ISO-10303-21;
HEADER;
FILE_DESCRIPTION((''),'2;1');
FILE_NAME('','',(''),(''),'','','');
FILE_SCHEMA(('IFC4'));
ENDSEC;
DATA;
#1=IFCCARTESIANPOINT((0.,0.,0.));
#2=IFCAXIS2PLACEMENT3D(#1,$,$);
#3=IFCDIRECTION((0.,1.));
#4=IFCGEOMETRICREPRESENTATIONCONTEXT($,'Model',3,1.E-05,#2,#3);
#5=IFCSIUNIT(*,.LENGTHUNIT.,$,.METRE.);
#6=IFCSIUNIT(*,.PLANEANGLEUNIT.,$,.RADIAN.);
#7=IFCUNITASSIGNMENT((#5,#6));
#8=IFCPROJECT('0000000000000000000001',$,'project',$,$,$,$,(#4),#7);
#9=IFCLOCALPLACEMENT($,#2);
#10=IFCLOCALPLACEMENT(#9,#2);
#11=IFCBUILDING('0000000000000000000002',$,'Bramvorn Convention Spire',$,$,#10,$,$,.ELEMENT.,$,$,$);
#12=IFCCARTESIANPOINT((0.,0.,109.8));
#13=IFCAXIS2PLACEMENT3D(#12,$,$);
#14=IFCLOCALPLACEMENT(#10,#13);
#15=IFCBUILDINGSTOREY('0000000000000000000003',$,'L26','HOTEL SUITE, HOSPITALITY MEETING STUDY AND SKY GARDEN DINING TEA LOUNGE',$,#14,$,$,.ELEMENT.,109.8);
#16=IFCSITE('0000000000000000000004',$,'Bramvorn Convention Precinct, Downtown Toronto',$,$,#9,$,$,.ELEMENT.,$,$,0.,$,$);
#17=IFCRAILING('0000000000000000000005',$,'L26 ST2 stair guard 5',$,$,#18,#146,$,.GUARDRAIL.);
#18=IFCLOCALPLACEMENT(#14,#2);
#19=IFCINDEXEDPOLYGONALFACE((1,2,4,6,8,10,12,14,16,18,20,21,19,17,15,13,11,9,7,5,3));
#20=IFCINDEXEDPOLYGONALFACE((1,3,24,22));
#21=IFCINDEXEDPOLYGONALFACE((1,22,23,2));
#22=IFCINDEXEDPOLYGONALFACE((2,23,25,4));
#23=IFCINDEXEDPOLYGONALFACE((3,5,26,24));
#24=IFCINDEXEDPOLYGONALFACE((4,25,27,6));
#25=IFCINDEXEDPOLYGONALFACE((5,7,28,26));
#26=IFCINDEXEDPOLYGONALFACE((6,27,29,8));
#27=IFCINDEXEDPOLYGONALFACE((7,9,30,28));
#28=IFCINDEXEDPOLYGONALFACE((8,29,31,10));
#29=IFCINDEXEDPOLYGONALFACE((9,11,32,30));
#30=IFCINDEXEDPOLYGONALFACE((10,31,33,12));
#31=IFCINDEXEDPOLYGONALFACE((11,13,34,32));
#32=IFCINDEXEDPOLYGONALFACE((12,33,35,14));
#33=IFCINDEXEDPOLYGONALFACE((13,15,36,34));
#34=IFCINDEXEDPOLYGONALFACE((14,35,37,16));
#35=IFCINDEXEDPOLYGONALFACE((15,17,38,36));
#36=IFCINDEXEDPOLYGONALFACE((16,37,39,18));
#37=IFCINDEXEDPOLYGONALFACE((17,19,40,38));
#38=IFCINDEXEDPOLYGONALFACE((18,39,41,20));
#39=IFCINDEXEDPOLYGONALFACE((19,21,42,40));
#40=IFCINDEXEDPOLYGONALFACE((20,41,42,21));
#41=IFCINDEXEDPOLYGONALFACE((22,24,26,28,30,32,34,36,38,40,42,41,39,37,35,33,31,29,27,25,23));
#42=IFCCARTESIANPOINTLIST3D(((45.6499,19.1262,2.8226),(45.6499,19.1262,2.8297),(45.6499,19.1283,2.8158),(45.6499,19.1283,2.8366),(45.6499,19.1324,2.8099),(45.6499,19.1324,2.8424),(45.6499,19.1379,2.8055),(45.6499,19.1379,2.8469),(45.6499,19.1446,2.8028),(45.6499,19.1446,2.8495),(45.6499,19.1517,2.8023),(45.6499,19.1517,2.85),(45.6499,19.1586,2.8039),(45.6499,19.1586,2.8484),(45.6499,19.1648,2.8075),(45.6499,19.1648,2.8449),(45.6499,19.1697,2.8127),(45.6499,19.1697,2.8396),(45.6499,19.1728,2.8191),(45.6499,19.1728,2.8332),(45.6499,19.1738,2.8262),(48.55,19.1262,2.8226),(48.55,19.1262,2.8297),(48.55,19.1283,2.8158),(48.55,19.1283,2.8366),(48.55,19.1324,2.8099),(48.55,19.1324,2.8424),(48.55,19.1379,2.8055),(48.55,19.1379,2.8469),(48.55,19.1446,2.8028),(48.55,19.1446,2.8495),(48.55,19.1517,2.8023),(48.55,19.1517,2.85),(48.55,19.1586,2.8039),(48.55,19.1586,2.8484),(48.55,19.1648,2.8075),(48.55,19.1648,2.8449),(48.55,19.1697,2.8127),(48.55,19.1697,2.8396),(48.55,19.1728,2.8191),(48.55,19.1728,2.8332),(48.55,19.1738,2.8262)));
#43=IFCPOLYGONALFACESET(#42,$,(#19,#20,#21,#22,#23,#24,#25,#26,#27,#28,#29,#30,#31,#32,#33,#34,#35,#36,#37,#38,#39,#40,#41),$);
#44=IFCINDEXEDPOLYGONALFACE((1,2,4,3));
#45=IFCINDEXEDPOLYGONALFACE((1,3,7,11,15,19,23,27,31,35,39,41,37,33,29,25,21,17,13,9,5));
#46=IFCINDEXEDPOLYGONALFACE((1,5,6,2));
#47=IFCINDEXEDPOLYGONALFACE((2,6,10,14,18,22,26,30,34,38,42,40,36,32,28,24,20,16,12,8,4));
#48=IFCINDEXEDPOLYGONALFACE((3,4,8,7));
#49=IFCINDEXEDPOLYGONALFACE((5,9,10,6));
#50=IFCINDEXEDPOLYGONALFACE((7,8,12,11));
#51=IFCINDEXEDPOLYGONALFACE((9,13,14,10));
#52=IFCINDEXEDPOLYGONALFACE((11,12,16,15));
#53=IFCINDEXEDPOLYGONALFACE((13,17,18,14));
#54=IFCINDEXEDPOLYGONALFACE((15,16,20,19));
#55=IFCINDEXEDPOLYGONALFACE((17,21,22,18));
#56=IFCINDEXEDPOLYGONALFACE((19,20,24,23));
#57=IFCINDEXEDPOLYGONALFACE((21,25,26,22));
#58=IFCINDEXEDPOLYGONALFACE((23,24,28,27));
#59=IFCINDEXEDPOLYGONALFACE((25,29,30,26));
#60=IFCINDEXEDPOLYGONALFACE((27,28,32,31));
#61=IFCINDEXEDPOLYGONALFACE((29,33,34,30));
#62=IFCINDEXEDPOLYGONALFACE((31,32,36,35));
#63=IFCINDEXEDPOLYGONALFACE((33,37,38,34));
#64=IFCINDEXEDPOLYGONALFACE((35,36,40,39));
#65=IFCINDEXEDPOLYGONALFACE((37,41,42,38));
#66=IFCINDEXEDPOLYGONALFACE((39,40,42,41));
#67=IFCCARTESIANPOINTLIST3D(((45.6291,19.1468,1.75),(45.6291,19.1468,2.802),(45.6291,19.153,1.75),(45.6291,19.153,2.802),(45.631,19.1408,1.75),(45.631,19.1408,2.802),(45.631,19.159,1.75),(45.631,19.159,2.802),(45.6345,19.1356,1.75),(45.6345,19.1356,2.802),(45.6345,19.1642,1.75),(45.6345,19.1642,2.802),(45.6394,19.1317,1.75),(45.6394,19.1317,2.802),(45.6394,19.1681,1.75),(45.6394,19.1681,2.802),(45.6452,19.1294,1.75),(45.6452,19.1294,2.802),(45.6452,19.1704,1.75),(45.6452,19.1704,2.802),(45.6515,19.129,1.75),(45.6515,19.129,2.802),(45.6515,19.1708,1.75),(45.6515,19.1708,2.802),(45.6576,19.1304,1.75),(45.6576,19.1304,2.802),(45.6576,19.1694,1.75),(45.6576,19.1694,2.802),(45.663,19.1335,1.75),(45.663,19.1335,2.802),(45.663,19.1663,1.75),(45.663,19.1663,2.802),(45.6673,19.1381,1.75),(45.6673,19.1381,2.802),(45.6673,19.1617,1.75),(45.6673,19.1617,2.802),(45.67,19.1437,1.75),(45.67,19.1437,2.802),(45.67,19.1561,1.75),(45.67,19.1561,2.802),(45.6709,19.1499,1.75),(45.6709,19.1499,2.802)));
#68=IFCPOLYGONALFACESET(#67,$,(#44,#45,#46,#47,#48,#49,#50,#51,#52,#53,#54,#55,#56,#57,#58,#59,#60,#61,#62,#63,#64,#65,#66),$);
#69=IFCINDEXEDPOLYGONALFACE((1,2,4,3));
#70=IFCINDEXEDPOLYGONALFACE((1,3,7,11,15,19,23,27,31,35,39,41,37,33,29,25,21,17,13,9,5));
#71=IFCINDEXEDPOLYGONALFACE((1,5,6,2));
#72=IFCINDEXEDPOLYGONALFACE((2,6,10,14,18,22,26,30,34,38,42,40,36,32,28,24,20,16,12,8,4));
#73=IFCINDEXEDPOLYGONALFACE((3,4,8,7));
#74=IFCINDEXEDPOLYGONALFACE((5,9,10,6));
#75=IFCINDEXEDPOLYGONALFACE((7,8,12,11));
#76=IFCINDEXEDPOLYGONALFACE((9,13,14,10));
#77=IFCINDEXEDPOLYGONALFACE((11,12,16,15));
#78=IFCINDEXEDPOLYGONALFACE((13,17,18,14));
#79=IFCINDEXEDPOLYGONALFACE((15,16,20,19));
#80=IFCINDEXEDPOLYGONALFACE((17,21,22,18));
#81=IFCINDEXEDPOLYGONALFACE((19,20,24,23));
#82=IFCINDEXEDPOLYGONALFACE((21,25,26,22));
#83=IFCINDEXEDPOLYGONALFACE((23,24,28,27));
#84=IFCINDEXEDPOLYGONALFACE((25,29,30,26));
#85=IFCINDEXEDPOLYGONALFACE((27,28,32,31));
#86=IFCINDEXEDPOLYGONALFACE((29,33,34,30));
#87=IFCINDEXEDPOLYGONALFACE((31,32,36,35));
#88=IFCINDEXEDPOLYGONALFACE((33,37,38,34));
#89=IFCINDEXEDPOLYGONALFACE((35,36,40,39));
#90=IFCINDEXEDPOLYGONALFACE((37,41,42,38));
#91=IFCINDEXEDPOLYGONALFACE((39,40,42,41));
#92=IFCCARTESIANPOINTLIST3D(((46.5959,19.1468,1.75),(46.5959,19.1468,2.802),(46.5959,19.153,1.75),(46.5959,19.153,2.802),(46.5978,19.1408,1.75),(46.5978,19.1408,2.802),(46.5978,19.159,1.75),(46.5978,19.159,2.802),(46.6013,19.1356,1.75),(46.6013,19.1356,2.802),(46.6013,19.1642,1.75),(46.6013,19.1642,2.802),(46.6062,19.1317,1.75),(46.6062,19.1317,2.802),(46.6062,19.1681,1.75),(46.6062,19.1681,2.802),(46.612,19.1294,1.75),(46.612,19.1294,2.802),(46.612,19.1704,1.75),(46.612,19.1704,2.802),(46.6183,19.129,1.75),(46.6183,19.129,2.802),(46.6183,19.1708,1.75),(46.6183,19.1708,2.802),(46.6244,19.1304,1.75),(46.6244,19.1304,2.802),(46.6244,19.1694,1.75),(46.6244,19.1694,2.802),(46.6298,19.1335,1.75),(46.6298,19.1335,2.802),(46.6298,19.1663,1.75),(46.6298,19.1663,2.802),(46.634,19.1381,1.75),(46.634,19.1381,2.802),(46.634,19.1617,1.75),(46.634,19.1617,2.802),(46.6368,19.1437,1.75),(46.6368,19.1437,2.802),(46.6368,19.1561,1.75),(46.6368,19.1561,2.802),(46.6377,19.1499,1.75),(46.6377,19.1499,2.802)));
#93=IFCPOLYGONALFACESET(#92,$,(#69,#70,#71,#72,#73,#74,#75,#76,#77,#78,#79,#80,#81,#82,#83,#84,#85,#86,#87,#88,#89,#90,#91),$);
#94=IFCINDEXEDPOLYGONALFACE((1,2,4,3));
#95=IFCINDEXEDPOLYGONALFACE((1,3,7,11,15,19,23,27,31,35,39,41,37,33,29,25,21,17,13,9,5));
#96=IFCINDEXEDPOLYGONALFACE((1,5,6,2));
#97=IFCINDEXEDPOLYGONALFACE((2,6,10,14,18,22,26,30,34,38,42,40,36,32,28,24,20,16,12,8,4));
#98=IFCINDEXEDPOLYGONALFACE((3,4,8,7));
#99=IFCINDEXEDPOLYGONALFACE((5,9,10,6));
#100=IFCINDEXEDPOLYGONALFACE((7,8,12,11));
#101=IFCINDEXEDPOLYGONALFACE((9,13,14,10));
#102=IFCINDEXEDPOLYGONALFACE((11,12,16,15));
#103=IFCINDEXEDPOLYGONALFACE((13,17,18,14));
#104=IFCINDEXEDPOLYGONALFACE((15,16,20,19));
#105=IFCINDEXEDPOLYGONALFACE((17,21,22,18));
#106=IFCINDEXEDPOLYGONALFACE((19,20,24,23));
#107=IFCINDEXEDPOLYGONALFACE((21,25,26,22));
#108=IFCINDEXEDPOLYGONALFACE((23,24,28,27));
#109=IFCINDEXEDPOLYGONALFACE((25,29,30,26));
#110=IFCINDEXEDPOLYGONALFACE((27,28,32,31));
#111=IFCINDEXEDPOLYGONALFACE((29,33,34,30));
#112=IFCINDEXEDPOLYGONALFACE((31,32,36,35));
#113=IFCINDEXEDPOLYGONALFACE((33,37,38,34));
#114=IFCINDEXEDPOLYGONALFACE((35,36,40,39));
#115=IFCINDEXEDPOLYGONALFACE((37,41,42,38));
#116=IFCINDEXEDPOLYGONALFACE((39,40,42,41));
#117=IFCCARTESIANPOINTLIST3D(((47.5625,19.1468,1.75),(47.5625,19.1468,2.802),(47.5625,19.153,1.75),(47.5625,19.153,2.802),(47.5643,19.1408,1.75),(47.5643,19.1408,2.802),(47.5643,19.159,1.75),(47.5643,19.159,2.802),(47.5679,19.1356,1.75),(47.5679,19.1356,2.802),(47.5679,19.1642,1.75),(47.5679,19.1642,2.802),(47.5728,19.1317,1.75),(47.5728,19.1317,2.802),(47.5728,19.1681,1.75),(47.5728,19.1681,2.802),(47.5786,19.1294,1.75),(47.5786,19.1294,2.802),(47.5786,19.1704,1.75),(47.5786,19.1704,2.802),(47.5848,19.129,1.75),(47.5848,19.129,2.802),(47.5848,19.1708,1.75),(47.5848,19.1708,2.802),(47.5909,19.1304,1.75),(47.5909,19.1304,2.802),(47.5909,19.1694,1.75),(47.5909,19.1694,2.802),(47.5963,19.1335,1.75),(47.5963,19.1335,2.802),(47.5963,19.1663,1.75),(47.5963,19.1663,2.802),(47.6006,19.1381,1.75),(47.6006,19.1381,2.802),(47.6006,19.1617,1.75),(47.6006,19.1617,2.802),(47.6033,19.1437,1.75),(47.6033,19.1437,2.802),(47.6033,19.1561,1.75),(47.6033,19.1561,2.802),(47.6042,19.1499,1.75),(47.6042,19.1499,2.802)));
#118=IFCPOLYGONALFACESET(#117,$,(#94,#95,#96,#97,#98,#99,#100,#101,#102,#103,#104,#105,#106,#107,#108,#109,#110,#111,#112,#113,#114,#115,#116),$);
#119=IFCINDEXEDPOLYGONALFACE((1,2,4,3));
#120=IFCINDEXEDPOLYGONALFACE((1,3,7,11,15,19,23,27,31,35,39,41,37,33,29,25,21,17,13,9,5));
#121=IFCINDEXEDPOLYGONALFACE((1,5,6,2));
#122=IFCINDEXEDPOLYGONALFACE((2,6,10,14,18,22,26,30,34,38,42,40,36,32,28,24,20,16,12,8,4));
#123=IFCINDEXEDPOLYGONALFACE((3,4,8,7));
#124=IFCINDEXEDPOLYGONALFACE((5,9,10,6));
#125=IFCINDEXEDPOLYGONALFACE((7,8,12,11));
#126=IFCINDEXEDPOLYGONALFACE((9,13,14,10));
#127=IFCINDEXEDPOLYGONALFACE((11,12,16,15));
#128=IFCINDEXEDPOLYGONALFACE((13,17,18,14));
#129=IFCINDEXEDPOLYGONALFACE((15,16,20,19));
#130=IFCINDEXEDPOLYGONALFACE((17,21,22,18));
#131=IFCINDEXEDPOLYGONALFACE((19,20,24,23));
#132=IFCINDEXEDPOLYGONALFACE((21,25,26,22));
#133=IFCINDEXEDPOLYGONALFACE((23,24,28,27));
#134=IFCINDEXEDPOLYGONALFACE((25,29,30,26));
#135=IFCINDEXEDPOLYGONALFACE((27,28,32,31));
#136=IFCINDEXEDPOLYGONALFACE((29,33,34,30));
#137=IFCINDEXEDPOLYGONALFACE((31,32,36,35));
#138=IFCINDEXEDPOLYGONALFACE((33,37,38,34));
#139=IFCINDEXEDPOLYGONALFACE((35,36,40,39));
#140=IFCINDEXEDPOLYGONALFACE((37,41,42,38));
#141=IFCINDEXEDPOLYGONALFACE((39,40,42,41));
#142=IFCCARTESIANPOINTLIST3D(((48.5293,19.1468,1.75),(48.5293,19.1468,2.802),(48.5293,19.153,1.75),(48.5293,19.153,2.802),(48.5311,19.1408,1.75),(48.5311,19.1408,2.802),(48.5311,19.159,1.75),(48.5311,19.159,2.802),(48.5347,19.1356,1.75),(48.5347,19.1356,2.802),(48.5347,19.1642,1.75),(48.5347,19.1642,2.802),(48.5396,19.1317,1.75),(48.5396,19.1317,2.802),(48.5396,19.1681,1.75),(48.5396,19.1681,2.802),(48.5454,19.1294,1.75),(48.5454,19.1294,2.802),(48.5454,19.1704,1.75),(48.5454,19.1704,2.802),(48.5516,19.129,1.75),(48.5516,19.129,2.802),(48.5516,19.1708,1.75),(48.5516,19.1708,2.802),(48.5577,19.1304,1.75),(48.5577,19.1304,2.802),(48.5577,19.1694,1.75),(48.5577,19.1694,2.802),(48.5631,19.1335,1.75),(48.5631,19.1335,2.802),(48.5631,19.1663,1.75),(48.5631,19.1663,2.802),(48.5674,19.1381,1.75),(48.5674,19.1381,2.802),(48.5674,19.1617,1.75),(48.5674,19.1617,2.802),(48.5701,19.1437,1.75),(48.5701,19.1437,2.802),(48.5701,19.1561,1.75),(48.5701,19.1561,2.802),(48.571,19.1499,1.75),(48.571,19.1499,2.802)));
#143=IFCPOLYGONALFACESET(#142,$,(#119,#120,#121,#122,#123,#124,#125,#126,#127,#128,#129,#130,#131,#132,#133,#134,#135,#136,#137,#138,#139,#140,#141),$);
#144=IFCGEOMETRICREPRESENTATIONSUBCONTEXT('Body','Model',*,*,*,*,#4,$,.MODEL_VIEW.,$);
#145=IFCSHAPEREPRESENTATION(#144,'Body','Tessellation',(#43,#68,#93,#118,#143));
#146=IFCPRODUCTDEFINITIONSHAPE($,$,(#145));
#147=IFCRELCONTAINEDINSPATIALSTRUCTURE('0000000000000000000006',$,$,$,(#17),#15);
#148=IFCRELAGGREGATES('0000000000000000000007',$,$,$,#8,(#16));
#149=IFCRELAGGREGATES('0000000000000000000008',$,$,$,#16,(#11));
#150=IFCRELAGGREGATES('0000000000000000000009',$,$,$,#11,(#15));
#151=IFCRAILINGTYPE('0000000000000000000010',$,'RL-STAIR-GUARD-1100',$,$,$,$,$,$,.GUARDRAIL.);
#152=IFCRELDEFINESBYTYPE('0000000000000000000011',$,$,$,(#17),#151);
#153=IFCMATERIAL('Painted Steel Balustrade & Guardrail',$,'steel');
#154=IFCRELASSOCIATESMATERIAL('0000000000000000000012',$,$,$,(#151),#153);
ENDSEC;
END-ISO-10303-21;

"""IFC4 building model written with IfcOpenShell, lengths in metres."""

from ifc_helpers import new_model, si_unit, direction, frame, origin, origin_2d, place, context, subcontext, project, spatial, circle, extrude, material, type_object, element, save


model = new_model("IFC4")

# Units and contexts
model_context = context("Model", 3, precision=1e-05, world=origin(), true_north=direction((0.0, 1.0)))
body_context = subcontext(model_context, "Body", "Model", "MODEL_VIEW")
ifc_project = project(units=[si_unit("LENGTHUNIT", "METRE"), si_unit("PLANEANGLEUNIT", "RADIAN")], contexts=[model_context])

# Site, building, storey
site_placement = place(None, origin())
site = spatial("IfcSite", under=ifc_project, at=site_placement, Name="Bramvorn Convention Precinct, Downtown Toronto", CompositionType="ELEMENT", RefElevation=0.0)
building_placement = place(site_placement, origin())
building = spatial("IfcBuilding", under=site, at=building_placement, Name="Bramvorn Convention Spire", CompositionType="ELEMENT")
storey_placement = place(building_placement, frame((0.0, 0.0, 109.8)))
storey = spatial("IfcBuildingStorey", under=building, at=storey_placement, Name="L26", Description="HOTEL SUITE, HOSPITALITY MEETING STUDY AND SKY GARDEN DINING TEA LOUNGE", CompositionType="ELEMENT", Elevation=109.8)

# Railing
ifc_material_1 = material(Name="Painted Steel Balustrade & Guardrail", Category="steel")
railing_type_1 = type_object("IfcRailingType", Name="RL-STAIR-GUARD-1100", PredefinedType="GUARDRAIL", material=ifc_material_1)
railing_1_placement = place(storey_placement, frame((45.6499, 19.1499, 1.75)))
element("IfcRailing", 1, at=railing_1_placement, inside=storey, type_object=railing_type_1, Name="L26 ST2 stair guard 5", PredefinedType="GUARDRAIL", context=body_context, shape_type="SweptSolid", body=[
    extrude(circle(Radius=0.0239, at=origin_2d()), frame((0.0, 0.0, 1.0762), z_axis=(1.0, 0.0, 0.0), x_axis=(0.0, 1.0, 0.0)), (0.0, 0.0, 1.0), 2.9001),
    extrude(circle(Radius=0.021, at=origin_2d()), origin(), (0.0, 0.0, 1.0), 1.052),
    extrude(circle(Radius=0.021, at=origin_2d()), frame((0.9668, 0.0, 0.0)), (0.0, 0.0, 1.0), 1.052),
    extrude(circle(Radius=0.021, at=origin_2d()), frame((1.9333, 0.0, 0.0)), (0.0, 0.0, 1.0), 1.052),
    extrude(circle(Radius=0.021, at=origin_2d()), frame((2.9001, 0.0, 0.0)), (0.0, 0.0, 1.0), 1.052),
])

save(model, "model.ifc")
